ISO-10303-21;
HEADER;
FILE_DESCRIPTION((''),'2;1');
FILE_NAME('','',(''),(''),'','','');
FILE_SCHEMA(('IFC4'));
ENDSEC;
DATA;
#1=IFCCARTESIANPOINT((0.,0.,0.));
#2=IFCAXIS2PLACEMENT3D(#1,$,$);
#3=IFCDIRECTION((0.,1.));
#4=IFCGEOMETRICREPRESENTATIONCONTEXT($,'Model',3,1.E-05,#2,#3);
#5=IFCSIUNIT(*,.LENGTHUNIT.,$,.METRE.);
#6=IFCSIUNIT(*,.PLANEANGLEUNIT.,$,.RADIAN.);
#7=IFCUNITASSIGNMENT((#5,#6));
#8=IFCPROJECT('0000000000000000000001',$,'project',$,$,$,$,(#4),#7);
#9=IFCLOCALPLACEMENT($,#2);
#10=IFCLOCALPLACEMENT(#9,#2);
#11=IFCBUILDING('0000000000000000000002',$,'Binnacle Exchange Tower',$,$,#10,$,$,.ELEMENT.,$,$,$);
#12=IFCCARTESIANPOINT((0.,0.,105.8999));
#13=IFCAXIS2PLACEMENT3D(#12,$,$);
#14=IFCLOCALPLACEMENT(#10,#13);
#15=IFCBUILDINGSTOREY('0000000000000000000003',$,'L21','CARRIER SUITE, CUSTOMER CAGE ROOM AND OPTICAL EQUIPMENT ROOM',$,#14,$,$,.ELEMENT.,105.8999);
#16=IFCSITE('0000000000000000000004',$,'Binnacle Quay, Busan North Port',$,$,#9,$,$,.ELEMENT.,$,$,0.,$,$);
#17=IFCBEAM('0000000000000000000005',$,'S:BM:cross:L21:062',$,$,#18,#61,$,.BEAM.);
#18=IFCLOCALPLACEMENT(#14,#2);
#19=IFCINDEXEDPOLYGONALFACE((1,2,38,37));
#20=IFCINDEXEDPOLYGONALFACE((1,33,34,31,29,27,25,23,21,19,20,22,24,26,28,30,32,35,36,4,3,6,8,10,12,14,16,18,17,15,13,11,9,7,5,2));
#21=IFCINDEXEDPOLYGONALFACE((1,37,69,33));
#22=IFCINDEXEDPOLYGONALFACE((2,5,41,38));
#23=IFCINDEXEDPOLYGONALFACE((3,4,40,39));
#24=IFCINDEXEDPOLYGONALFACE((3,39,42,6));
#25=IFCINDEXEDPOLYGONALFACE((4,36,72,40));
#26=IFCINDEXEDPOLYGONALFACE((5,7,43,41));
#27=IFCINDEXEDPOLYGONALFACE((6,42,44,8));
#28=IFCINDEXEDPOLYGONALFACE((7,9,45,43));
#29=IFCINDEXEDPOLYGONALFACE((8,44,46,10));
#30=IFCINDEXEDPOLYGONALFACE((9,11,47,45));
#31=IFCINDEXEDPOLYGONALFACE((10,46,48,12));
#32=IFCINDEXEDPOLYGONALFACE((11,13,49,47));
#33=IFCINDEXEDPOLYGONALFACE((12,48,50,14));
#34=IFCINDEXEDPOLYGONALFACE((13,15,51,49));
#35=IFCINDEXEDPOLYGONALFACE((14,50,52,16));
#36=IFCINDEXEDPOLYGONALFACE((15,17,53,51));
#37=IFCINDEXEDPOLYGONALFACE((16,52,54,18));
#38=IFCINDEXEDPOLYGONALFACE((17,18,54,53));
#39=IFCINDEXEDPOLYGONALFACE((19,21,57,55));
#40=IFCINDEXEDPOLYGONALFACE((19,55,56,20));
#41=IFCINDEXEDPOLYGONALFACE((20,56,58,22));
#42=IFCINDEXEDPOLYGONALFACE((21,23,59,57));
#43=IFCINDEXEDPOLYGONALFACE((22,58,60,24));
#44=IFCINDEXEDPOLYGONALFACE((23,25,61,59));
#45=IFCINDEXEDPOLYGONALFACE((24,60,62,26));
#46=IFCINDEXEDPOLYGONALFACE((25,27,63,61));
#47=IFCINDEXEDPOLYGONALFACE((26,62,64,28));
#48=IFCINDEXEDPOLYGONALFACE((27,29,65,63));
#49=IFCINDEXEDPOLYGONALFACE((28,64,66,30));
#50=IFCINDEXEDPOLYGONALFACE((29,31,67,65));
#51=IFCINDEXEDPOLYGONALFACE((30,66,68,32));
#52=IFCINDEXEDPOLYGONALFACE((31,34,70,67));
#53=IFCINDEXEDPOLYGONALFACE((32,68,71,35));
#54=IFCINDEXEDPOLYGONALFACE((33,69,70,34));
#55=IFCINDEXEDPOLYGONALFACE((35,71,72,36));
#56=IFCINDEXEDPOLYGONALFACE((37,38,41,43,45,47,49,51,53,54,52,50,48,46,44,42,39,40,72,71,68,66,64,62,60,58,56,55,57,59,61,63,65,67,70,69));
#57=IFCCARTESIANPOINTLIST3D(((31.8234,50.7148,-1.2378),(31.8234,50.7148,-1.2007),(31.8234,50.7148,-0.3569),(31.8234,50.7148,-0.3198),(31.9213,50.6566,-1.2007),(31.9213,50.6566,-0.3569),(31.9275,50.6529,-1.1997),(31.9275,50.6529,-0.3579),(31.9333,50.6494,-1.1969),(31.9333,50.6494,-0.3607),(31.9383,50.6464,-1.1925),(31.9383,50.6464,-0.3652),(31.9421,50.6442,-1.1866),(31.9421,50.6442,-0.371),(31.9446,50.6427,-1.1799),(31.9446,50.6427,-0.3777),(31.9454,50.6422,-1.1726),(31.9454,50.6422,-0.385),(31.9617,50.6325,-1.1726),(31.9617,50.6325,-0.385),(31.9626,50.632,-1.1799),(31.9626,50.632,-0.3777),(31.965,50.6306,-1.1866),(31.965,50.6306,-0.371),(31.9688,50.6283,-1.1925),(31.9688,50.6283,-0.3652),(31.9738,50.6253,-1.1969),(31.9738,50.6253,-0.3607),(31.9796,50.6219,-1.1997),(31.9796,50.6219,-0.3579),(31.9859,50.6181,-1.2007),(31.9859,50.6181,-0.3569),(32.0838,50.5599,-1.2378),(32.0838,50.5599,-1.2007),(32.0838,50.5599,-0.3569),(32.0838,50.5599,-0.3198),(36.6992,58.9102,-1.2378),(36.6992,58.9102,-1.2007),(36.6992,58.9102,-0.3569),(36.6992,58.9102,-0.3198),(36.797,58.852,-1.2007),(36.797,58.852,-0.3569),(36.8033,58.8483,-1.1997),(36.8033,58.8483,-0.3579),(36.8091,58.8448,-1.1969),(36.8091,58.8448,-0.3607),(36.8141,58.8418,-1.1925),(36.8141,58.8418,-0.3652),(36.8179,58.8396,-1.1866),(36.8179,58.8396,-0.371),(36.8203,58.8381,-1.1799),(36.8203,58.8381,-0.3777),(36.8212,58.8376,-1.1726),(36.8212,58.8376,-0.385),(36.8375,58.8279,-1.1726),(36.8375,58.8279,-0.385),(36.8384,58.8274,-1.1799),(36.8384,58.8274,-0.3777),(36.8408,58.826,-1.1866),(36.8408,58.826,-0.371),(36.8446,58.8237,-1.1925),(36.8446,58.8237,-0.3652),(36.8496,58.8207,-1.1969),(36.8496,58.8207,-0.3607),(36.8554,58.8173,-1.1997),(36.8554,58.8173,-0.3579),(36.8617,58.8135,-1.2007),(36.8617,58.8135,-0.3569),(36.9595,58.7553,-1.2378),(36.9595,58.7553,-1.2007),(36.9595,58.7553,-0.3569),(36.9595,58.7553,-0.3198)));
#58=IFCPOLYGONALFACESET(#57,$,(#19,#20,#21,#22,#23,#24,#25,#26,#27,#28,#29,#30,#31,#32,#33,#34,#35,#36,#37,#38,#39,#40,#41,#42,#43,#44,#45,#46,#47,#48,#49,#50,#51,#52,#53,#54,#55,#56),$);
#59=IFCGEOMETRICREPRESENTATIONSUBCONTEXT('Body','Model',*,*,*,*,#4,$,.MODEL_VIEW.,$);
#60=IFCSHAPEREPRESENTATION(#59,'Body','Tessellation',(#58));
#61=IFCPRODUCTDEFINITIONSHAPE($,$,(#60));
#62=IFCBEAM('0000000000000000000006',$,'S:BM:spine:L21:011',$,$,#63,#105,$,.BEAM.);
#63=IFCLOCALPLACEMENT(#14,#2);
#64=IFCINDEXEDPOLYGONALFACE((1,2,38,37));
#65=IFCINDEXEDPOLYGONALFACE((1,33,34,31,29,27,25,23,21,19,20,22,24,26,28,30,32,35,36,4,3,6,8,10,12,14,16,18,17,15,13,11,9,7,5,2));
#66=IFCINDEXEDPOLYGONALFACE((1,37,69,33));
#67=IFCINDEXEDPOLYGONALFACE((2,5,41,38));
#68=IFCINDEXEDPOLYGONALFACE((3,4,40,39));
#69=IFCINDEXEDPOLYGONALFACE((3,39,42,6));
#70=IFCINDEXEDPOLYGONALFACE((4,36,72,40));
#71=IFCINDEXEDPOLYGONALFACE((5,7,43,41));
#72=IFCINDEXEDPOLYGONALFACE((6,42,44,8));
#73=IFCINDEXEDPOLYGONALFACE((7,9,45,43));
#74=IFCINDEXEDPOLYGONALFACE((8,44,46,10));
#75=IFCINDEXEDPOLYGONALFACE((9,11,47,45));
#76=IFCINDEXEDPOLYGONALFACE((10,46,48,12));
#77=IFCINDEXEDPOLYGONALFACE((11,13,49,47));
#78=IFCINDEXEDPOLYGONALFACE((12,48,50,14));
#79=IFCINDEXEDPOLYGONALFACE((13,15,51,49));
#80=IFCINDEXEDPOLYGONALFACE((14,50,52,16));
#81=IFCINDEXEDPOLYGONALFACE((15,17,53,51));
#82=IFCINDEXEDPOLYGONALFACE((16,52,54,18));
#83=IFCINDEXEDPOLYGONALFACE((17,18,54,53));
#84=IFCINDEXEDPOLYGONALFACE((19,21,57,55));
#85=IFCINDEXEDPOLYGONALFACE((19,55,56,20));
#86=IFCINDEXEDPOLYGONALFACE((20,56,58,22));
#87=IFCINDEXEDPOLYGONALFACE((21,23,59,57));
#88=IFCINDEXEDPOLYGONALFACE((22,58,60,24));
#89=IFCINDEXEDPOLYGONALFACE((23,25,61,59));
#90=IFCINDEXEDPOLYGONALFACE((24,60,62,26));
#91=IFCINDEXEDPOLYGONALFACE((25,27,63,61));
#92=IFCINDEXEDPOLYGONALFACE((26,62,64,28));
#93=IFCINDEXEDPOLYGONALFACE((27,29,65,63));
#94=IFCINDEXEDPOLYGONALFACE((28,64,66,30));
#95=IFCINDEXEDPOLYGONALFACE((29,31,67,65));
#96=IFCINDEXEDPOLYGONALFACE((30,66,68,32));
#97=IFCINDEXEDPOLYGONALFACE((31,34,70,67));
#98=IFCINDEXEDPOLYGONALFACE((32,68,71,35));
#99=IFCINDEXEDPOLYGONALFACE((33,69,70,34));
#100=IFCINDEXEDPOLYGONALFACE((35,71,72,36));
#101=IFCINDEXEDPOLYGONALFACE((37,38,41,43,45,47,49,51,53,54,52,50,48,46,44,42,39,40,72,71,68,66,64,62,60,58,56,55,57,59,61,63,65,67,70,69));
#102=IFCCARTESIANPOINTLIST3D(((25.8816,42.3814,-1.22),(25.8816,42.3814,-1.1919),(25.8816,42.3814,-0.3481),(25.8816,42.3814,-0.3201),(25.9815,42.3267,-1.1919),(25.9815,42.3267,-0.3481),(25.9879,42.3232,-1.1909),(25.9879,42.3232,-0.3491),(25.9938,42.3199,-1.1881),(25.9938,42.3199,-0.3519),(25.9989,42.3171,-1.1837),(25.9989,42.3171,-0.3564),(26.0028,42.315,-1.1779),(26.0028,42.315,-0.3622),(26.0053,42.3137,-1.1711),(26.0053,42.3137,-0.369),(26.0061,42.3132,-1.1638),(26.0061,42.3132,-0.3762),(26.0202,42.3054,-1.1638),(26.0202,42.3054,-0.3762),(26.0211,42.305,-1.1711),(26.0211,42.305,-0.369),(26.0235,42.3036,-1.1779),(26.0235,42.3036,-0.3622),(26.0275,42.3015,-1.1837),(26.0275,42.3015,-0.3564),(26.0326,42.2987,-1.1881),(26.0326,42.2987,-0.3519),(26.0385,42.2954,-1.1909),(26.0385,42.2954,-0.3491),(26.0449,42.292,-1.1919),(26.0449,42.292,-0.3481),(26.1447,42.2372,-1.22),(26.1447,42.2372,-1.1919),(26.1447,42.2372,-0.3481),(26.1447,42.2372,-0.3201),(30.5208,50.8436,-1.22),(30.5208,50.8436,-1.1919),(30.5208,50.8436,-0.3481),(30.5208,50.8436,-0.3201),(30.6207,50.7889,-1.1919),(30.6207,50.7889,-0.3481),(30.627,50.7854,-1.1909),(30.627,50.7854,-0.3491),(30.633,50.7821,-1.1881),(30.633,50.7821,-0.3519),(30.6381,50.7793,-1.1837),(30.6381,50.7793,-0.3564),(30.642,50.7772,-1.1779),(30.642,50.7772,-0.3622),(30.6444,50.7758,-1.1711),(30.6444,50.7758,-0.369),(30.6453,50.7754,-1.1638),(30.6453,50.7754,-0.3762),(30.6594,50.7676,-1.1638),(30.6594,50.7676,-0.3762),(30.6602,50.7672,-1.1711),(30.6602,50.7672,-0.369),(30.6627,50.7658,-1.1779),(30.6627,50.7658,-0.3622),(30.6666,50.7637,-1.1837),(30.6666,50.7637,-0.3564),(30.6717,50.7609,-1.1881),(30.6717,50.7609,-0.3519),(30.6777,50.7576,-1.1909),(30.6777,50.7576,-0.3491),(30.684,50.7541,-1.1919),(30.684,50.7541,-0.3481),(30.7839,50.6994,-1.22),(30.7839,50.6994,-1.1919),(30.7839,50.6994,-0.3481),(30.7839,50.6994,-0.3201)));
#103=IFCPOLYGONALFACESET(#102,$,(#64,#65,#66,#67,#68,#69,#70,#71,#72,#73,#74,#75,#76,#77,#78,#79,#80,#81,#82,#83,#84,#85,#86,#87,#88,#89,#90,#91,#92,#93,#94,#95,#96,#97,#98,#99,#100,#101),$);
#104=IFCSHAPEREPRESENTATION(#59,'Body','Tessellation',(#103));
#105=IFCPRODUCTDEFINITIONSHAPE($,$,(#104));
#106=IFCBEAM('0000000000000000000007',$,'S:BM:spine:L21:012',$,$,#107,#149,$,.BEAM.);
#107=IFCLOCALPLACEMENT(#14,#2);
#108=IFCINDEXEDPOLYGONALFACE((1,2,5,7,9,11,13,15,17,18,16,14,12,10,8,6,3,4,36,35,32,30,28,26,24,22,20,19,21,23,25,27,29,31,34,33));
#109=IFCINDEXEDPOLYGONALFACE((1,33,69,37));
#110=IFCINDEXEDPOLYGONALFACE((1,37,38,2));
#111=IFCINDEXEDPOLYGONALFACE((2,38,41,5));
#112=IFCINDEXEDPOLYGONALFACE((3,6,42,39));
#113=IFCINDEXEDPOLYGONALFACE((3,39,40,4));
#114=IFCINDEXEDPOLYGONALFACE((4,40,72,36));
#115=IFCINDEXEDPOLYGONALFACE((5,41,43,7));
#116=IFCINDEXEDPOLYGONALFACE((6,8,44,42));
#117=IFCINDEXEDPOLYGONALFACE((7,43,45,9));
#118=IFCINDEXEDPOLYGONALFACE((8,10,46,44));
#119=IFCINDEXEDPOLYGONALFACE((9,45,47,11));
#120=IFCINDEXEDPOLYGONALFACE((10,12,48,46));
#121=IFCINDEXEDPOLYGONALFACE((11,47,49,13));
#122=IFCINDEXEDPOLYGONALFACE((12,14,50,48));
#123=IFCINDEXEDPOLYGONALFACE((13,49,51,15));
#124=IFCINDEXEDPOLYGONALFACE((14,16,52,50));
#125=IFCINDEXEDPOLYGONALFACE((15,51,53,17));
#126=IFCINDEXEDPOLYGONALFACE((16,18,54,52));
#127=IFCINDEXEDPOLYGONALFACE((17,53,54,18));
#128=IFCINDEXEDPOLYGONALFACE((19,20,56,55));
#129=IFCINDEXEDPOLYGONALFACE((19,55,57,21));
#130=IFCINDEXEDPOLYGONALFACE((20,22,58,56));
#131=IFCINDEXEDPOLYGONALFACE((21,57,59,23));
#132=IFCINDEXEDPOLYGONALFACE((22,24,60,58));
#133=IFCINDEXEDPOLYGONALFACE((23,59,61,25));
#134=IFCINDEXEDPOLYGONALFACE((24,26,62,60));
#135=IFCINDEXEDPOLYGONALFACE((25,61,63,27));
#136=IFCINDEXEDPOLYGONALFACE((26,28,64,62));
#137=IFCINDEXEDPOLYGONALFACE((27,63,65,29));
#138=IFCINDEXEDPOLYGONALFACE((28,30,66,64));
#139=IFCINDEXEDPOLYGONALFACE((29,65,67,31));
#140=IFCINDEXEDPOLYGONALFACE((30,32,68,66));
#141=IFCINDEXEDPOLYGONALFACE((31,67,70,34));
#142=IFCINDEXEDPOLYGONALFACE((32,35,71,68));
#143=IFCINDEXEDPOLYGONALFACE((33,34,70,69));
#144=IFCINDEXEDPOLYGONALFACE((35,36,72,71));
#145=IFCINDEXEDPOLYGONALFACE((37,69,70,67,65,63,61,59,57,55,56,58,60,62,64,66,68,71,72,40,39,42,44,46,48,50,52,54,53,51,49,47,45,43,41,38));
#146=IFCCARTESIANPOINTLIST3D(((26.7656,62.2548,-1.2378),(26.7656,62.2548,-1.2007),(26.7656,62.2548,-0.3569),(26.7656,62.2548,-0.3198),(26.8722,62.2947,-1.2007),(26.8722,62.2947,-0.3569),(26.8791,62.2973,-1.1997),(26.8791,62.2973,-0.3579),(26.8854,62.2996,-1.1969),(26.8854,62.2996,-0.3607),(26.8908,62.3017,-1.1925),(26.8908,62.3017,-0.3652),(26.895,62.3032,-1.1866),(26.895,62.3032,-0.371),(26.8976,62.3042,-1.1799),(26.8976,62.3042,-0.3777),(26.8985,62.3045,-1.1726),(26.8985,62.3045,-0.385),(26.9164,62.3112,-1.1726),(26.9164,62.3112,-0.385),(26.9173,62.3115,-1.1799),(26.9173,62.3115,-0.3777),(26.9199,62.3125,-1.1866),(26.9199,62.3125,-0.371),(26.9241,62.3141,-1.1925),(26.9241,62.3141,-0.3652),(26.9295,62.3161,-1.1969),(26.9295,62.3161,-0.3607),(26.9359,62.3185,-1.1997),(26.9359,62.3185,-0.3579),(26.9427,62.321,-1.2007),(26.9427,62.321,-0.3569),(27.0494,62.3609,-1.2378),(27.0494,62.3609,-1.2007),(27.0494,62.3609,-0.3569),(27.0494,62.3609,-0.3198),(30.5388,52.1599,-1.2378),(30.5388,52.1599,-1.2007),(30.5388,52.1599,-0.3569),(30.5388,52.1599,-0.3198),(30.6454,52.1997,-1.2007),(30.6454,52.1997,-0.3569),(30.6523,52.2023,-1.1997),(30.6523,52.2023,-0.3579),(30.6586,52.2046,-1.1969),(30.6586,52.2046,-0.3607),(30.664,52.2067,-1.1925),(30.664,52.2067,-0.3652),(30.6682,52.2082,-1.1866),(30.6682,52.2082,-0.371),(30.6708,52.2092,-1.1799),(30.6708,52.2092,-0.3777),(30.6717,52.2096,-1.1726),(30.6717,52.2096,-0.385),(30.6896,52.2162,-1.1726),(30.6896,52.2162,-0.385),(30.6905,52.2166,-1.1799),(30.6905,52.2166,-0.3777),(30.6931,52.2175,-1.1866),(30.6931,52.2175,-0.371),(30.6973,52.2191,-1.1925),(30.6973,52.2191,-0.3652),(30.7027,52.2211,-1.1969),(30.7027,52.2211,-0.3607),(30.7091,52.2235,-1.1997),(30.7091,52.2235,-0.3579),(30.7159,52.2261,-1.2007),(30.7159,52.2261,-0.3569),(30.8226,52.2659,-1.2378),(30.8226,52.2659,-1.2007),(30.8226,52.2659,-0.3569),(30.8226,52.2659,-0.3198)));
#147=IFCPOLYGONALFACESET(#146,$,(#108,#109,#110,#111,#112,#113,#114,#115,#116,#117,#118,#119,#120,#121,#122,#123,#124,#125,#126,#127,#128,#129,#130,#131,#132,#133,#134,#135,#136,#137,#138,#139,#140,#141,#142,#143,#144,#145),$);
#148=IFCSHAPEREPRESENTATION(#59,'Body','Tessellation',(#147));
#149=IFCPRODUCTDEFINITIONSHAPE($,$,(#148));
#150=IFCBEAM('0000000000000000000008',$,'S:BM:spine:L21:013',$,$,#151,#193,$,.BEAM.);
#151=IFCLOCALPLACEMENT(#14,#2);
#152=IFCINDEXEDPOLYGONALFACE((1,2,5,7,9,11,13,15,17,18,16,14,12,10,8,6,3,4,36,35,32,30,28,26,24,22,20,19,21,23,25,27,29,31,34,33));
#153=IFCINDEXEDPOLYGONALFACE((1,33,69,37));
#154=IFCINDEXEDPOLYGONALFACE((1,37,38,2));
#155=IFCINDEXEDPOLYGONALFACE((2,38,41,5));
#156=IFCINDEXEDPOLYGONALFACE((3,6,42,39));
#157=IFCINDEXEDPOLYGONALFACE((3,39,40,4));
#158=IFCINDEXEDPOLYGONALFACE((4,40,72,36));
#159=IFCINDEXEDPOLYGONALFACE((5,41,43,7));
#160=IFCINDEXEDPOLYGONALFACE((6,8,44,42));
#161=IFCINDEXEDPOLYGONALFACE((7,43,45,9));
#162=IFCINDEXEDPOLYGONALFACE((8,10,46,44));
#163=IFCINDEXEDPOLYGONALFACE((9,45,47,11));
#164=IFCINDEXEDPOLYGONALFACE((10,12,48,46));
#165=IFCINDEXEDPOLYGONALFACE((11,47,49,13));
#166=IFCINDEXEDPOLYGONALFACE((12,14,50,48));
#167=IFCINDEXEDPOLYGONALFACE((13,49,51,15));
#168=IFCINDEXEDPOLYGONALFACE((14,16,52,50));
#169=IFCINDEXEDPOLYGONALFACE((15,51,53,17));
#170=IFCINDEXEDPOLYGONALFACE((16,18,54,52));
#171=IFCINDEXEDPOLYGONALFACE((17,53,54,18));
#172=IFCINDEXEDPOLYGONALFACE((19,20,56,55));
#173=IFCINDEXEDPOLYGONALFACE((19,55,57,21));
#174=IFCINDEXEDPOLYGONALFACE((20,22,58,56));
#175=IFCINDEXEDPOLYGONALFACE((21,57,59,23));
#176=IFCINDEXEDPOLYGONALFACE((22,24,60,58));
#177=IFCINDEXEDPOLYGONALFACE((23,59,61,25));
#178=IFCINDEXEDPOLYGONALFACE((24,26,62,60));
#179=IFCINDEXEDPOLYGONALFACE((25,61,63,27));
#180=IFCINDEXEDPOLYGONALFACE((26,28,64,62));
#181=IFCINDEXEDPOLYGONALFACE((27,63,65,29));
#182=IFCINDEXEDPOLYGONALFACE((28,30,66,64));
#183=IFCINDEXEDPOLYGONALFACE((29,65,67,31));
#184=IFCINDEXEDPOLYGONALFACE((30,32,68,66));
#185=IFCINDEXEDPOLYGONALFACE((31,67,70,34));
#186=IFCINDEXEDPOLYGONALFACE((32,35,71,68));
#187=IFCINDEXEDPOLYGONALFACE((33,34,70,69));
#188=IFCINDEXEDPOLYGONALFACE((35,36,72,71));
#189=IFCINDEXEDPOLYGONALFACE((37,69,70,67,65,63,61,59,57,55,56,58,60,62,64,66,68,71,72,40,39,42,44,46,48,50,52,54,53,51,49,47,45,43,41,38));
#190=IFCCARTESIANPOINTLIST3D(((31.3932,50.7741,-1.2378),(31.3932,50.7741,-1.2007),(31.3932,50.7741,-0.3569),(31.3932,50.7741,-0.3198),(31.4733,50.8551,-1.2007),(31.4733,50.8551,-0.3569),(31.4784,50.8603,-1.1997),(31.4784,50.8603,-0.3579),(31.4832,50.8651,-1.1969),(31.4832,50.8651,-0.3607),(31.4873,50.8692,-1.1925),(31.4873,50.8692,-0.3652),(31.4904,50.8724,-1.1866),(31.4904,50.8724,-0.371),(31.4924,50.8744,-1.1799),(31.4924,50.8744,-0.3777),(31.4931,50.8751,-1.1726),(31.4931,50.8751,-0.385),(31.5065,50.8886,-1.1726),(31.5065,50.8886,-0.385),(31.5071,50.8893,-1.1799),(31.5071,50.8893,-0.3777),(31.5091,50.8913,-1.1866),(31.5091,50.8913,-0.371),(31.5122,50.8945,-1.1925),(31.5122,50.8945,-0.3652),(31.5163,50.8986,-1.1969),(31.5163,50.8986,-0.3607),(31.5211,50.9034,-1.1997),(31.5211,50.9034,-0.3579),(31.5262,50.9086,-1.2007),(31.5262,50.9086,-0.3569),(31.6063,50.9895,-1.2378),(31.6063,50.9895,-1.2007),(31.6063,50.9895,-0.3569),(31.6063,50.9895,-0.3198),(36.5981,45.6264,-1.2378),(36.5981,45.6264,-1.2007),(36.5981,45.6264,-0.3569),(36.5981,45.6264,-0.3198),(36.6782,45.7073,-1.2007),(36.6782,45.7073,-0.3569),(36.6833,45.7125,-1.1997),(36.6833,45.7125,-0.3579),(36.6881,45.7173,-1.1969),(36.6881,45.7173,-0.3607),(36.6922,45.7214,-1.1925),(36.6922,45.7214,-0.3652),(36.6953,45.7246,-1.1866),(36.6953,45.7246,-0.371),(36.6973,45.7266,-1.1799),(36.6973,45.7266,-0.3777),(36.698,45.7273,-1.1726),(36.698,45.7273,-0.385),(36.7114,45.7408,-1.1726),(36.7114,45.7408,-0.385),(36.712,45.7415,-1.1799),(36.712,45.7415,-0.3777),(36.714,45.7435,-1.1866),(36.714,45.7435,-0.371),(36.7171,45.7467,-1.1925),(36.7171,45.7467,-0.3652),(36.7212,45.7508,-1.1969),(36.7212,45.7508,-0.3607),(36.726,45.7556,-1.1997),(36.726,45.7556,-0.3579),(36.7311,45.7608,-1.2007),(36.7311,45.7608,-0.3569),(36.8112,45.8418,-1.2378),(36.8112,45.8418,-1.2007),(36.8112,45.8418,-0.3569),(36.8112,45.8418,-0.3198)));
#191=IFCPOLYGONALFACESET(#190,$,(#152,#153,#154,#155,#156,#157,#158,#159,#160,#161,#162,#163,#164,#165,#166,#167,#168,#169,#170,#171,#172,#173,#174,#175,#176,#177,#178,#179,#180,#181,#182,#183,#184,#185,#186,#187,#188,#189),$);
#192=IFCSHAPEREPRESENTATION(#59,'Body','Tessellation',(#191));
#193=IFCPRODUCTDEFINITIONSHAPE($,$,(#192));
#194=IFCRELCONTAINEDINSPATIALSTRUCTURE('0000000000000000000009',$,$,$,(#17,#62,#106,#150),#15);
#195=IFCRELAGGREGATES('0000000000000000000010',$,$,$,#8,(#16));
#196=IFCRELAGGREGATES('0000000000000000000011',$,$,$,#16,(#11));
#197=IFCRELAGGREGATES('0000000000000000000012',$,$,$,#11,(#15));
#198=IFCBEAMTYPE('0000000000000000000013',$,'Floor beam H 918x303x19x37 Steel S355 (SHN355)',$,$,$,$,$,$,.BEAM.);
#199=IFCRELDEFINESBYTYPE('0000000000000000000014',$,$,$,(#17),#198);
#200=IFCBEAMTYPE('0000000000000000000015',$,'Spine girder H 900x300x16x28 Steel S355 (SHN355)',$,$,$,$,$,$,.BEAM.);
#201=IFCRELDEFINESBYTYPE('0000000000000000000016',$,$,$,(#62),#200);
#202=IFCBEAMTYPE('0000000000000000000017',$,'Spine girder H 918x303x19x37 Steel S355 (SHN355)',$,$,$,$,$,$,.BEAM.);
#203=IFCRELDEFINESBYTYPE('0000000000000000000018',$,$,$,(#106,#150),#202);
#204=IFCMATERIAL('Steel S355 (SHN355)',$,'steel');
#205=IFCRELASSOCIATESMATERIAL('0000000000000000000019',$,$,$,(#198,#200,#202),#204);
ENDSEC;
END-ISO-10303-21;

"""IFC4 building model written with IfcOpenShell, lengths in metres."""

from ifc_helpers import new_model, si_unit, direction, frame, origin, origin_2d, place, context, subcontext, project, spatial, i_section, extrude, material, material_profile, profile_set, type_object, element, save


model = new_model("IFC4")

# Units and contexts
model_context = context("Model", 3, precision=1e-05, world=origin(), true_north=direction((0.0, 1.0)))
body_context = subcontext(model_context, "Body", "Model", "MODEL_VIEW")
ifc_project = project(units=[si_unit("LENGTHUNIT", "METRE"), si_unit("PLANEANGLEUNIT", "RADIAN")], contexts=[model_context])

# Site, building, storey
site_placement = place(None, origin())
site = spatial("IfcSite", under=ifc_project, at=site_placement, Name="Binnacle Quay, Busan North Port", CompositionType="ELEMENT", RefElevation=0.0)
building_placement = place(site_placement, origin())
building = spatial("IfcBuilding", under=site, at=building_placement, Name="Binnacle Exchange Tower", CompositionType="ELEMENT")
storey_placement = place(building_placement, frame((0.0, 0.0, 105.8999)))
storey = spatial("IfcBuildingStorey", under=building, at=storey_placement, Name="L21", Description="CARRIER SUITE, CUSTOMER CAGE ROOM AND OPTICAL EQUIPMENT ROOM", CompositionType="ELEMENT", Elevation=105.8999)

# Beams
ifc_material_1 = material(Name="Steel S355 (SHN355)", Category="steel")
ifc_material_profile_1 = material_profile(ifc_material_1, i_section(OverallWidth=0.303, OverallDepth=0.918, WebThickness=0.019, FlangeThickness=0.0371, FilletRadius=0.0281, at=origin_2d()), Name="H 918x303x19x37")
ifc_profile_set_1 = profile_set([ifc_material_profile_1], Name="Steel S355 (SHN355)")
beam_type_1 = type_object("IfcBeamType", Name="Floor beam H 918x303x19x37 Steel S355 (SHN355)", PredefinedType="BEAM", material=ifc_profile_set_1)
beam_1_placement = place(storey_placement, frame((36.8293, 58.8328, -0.7788), z_axis=(-0.511296, -0.859405, 0.0), x_axis=(0.859405, -0.511296, 0.0)))
element("IfcBeam", 1, at=beam_1_placement, inside=storey, type_object=beam_type_1, Name="S:BM:cross:L21:062", PredefinedType="BEAM", context=body_context, shape_type="SweptSolid", body=[
    extrude(i_section(OverallWidth=0.303, OverallDepth=0.918, WebThickness=0.019, FlangeThickness=0.0371, FilletRadius=0.0281, at=origin_2d()), origin(), (0.0, 0.0, 1.0), 9.5361),
])
ifc_material_profile_2 = material_profile(ifc_material_1, i_section(OverallWidth=0.3, OverallDepth=0.8999, WebThickness=0.0161, FlangeThickness=0.0281, FilletRadius=0.0281, at=origin_2d()), Name="H 900x300x16x28")
ifc_profile_set_2 = profile_set([ifc_material_profile_2], Name="Steel S355 (SHN355)")
beam_type_2 = type_object("IfcBeamType", Name="Spine girder H 900x300x16x28 Steel S355 (SHN355)", PredefinedType="BEAM", material=ifc_profile_set_2)
beam_2_placement = place(storey_placement, frame((30.6523, 50.7715, -0.77), z_axis=(-0.480723, -0.876873, 0.0), x_axis=(0.876873, -0.480723, 0.0)))
element("IfcBeam", 2, at=beam_2_placement, inside=storey, type_object=beam_type_2, Name="S:BM:spine:L21:011", PredefinedType="BEAM", context=body_context, shape_type="SweptSolid", body=[
    extrude(i_section(OverallWidth=0.3, OverallDepth=0.8999, WebThickness=0.0161, FlangeThickness=0.0281, FilletRadius=0.0281, at=origin_2d()), origin(), (0.0, 0.0, 1.0), 9.6504),
])
ifc_material_profile_3 = material_profile(ifc_material_1, i_section(OverallWidth=0.303, OverallDepth=0.918, WebThickness=0.019, FlangeThickness=0.0371, FilletRadius=0.0281, at=origin_2d()), Name="H 918x303x19x37")
ifc_profile_set_3 = profile_set([ifc_material_profile_3], Name="Steel S355 (SHN355)")
beam_type_3 = type_object("IfcBeamType", Name="Spine girder H 918x303x19x37 Steel S355 (SHN355)", PredefinedType="BEAM", material=ifc_profile_set_3)
beam_3_placement = place(storey_placement, frame((30.6807, 52.2129, -0.7788), z_axis=(-0.350113, 0.936708, 0.0), x_axis=(-0.936708, -0.350113, 0.0)))
element("IfcBeam", 3, at=beam_3_placement, inside=storey, type_object=beam_type_3, Name="S:BM:spine:L21:012", PredefinedType="BEAM", context=body_context, shape_type="SweptSolid", body=[
    extrude(i_section(OverallWidth=0.303, OverallDepth=0.918, WebThickness=0.019, FlangeThickness=0.0371, FilletRadius=0.0281, at=origin_2d()), origin(), (0.0, 0.0, 1.0), 10.7771),
])
beam_4_placement = place(storey_placement, frame((31.4998, 50.8818, -0.7788), z_axis=(0.710998, -0.703194, 0.0), x_axis=(0.703194, 0.710998, 0.0)))
element("IfcBeam", 4, at=beam_4_placement, inside=storey, type_object=beam_type_3, Name="S:BM:spine:L21:013", PredefinedType="BEAM", context=body_context, shape_type="SweptSolid", body=[
    extrude(i_section(OverallWidth=0.303, OverallDepth=0.918, WebThickness=0.019, FlangeThickness=0.0371, FilletRadius=0.0281, at=origin_2d()), origin(), (0.0, 0.0, 1.0), 7.3206),
])

save(model, "model.ifc")
